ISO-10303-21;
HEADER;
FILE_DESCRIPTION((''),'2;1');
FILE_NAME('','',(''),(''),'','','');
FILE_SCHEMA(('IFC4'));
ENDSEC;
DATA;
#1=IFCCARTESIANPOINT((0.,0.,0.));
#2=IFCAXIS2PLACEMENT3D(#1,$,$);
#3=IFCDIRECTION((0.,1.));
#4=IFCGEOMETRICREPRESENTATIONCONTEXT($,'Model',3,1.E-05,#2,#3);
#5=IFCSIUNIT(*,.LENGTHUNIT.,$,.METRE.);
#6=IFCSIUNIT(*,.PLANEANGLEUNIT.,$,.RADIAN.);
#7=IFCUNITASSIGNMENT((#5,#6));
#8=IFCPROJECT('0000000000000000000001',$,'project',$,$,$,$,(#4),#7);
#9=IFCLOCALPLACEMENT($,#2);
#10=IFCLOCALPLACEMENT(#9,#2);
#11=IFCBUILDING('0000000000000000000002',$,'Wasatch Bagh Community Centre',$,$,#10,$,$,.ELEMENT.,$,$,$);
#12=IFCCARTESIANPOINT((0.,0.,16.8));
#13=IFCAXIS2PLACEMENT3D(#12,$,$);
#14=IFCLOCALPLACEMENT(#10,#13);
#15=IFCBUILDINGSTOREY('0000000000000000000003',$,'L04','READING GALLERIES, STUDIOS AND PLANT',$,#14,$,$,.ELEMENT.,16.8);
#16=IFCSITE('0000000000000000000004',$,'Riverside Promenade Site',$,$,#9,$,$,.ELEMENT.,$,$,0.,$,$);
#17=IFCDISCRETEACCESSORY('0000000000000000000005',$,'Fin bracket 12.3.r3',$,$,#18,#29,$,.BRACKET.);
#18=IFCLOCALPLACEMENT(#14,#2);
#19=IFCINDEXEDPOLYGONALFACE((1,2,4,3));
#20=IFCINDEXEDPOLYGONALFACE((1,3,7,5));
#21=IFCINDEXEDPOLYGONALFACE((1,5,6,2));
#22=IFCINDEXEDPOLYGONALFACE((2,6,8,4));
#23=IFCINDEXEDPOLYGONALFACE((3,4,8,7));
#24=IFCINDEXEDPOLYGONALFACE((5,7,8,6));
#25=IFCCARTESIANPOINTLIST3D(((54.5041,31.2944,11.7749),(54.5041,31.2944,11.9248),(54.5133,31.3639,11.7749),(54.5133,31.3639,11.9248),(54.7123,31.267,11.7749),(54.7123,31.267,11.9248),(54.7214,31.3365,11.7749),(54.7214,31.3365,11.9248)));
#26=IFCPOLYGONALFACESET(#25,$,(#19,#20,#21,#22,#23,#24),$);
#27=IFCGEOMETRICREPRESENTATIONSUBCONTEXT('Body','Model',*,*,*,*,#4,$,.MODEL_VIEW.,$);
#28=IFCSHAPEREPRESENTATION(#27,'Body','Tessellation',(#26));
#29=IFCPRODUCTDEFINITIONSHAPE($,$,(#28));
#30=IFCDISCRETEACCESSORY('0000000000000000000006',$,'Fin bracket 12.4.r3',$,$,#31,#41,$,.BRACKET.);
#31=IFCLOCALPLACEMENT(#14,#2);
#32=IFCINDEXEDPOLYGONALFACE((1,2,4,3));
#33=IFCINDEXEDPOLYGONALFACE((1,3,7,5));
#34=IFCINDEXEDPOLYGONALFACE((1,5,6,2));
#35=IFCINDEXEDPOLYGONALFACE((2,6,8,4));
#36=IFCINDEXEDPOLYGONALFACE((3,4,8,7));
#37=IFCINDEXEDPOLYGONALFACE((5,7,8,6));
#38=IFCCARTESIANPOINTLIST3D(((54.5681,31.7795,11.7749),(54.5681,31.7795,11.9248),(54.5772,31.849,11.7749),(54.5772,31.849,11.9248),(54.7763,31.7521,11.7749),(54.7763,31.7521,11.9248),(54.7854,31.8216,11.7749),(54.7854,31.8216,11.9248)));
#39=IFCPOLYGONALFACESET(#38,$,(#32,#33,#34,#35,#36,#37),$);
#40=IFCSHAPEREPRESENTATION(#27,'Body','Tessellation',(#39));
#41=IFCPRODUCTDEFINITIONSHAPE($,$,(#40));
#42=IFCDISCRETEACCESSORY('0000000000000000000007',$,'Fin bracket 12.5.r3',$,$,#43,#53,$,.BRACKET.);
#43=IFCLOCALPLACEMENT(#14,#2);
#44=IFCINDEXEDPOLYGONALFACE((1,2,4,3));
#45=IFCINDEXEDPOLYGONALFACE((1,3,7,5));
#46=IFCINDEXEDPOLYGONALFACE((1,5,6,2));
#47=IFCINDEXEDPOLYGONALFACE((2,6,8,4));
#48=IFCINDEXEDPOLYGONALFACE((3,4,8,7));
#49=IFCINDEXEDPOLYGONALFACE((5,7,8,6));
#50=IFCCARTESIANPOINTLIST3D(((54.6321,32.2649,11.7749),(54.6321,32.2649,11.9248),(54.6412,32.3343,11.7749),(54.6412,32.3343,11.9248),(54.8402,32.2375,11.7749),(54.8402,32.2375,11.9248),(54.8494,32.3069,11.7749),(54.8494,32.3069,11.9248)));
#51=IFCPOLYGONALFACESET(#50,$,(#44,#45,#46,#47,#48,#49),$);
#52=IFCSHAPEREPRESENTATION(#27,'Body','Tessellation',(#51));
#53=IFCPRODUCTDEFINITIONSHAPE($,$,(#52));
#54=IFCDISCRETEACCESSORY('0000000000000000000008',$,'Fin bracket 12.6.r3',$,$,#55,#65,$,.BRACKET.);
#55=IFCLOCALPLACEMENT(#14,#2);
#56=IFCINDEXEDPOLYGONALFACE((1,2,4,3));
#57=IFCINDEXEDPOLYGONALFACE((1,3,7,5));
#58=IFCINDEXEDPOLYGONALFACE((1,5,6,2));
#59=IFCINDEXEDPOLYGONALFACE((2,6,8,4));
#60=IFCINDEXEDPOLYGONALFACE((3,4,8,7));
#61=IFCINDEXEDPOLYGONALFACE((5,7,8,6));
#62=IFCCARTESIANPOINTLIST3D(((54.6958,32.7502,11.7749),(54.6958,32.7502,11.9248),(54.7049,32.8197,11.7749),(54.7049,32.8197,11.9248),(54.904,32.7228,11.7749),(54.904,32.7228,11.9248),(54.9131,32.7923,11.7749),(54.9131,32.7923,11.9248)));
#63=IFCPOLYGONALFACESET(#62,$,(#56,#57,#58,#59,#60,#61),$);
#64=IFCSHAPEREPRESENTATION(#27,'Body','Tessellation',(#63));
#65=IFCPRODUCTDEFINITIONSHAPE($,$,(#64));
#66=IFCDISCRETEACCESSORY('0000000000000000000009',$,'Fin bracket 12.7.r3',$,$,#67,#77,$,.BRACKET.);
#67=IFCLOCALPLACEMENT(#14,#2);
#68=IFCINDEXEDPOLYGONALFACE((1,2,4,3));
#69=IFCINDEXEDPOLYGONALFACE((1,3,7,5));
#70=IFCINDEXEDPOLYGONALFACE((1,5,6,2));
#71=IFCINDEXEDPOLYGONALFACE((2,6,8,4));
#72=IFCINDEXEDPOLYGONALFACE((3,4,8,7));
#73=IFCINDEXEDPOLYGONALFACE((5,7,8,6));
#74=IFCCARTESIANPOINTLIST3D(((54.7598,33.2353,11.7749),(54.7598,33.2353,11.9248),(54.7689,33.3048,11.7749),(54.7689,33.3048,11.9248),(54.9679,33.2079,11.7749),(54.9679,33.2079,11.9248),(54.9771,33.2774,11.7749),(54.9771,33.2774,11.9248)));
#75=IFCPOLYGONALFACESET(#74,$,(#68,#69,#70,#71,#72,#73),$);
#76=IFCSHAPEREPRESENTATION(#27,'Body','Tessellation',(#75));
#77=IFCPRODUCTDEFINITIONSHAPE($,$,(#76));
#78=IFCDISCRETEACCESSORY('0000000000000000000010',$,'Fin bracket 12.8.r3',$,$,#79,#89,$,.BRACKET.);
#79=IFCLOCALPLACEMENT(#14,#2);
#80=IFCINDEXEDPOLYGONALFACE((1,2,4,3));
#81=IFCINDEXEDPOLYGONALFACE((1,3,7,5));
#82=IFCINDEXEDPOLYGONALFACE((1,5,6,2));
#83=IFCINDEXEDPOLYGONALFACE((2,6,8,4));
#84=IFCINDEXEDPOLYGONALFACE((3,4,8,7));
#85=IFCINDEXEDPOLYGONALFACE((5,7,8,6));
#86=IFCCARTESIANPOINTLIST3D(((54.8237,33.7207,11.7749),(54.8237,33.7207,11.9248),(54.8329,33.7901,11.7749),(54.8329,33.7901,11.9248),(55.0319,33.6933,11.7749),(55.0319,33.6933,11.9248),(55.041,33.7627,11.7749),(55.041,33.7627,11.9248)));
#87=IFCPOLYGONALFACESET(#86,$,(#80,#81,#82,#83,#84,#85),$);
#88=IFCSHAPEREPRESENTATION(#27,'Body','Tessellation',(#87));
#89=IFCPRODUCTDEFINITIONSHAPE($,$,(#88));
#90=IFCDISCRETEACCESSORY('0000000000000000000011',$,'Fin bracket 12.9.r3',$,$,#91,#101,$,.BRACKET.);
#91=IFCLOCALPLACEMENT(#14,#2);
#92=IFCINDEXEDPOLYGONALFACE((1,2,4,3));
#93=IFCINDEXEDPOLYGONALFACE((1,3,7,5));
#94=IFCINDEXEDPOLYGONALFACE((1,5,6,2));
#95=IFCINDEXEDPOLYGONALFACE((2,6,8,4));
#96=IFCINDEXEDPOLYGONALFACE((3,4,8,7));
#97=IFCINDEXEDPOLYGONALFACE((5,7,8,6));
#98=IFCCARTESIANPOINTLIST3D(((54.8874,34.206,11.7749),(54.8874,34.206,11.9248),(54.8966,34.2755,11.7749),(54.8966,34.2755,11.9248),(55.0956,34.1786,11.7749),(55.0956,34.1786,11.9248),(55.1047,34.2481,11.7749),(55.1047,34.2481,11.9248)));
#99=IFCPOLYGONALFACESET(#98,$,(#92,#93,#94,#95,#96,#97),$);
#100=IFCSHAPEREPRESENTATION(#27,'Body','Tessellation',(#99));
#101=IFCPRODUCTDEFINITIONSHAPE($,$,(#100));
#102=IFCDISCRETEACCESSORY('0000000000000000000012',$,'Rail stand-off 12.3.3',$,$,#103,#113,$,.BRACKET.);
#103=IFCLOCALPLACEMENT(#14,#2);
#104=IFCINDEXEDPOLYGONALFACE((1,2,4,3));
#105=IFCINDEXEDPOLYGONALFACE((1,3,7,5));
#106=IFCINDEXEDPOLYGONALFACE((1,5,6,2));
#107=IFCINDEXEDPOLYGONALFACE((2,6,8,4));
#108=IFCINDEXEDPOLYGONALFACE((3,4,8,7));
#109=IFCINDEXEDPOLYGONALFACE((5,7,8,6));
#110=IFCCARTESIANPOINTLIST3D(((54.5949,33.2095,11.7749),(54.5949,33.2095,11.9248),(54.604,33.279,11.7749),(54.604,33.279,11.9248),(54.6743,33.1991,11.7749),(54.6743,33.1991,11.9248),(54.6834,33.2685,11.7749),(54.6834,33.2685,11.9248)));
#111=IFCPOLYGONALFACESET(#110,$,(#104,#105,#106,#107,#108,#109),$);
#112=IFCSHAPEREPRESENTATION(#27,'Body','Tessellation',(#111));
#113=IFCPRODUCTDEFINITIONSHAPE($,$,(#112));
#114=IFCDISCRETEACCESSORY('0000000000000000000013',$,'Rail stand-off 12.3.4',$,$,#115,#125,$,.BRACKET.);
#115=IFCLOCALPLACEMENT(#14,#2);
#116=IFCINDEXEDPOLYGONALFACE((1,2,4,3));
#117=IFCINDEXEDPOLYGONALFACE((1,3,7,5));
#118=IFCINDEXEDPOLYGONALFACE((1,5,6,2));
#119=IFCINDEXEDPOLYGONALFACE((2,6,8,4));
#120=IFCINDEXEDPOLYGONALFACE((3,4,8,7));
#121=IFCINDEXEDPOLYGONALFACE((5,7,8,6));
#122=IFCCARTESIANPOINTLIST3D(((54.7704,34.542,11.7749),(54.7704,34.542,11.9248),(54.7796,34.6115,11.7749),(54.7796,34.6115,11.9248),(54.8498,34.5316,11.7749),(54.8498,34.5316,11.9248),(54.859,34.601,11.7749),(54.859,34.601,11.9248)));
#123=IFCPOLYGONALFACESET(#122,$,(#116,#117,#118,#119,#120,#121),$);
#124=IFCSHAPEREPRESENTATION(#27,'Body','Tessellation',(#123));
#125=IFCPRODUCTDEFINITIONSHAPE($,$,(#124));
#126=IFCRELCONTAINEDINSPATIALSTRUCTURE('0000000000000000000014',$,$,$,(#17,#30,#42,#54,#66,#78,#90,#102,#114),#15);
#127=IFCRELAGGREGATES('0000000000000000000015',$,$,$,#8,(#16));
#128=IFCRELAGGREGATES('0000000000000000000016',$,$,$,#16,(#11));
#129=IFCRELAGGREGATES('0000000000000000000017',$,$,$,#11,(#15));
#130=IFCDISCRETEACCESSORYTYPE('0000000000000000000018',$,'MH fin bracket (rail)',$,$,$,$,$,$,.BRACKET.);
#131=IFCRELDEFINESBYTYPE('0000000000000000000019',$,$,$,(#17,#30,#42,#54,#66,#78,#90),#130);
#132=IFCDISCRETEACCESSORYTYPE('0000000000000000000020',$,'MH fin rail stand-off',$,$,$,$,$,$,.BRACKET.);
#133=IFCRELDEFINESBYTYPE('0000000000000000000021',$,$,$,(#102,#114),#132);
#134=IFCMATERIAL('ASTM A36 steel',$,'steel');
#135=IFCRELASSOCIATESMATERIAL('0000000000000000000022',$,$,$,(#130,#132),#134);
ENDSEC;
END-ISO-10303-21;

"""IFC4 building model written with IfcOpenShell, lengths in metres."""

from ifc_helpers import new_model, si_unit, direction, frame, origin, origin_2d, place, context, subcontext, project, spatial, rectangle, extrude, material, type_object, element, save


model = new_model("IFC4")

# Units and contexts
model_context = context("Model", 3, precision=1e-05, world=origin(), true_north=direction((0.0, 1.0)))
body_context = subcontext(model_context, "Body", "Model", "MODEL_VIEW")
ifc_project = project(units=[si_unit("LENGTHUNIT", "METRE"), si_unit("PLANEANGLEUNIT", "RADIAN")], contexts=[model_context])

# Site, building, storey
site_placement = place(None, origin())
site = spatial("IfcSite", under=ifc_project, at=site_placement, Name="Riverside Promenade Site", CompositionType="ELEMENT", RefElevation=0.0)
building_placement = place(site_placement, origin())
building = spatial("IfcBuilding", under=site, at=building_placement, Name="Wasatch Bagh Community Centre", CompositionType="ELEMENT")
storey_placement = place(building_placement, frame((0.0, 0.0, 16.8)))
storey = spatial("IfcBuildingStorey", under=building, at=storey_placement, Name="L04", Description="READING GALLERIES, STUDIOS AND PLANT", CompositionType="ELEMENT", Elevation=16.8)

# Discrete accessories
ifc_material_1 = material(Name="ASTM A36 steel", Category="steel")
discrete_accessory_type_1 = type_object("IfcDiscreteAccessoryType", Name="MH fin bracket (rail)", PredefinedType="BRACKET", material=ifc_material_1)
for number, where, z_axis, x_axis, name in (
    (1, (54.6128, 31.3154, 11.7749), (0.0, 0.0, 1.0), (0.130526, 0.991445, 0.0), "Fin bracket 12.3.r3"),
    (2, (54.6768, 31.8005, 11.7749), (0.0, 0.0, 1.0), (0.130526, 0.991445, 0.0), "Fin bracket 12.4.r3"),
    (3, (54.7407, 32.2859, 11.7749), (0.0, 0.0, 1.0), (0.130526, 0.991445, 0.0), "Fin bracket 12.5.r3"),
    (4, (54.8044, 32.7712, 11.7749), (0.0, 0.0, 1.0), (0.130526, 0.991445, 0.0), "Fin bracket 12.6.r3"),
    (5, (54.8684, 33.2563, 11.7749), (0.0, 0.0, 1.0), (0.130526, 0.991445, 0.0), "Fin bracket 12.7.r3"),
    (6, (54.9324, 33.7417, 11.7749), (0.0, 0.0, 1.0), (0.130526, 0.991445, 0.0), "Fin bracket 12.8.r3"),
    (7, (54.9961, 34.2271, 11.7749), (0.0, 0.0, 1.0), (0.130526, 0.991445, 0.0), "Fin bracket 12.9.r3"),
):
    element("IfcDiscreteAccessory", number, at=place(storey_placement, frame(where, z_axis=z_axis, x_axis=x_axis)), inside=storey, type_object=discrete_accessory_type_1, Name=name, PredefinedType="BRACKET", context=body_context, shape_type="SweptSolid", body=[
        extrude(rectangle(XDim=0.0701, YDim=0.21, at=origin_2d()), origin(), (0.0, 0.0, 1.0), 0.1499),
    ])
discrete_accessory_type_2 = type_object("IfcDiscreteAccessoryType", Name="MH fin rail stand-off", PredefinedType="BRACKET", material=ifc_material_1)
for number, where, z_axis, x_axis, name in (
    (8, (54.6392, 33.239, 11.7749), (0.0, 0.0, 1.0), (0.130526, 0.991445, 0.0), "Rail stand-off 12.3.3"),
    (9, (54.8147, 34.5715, 11.7749), (0.0, 0.0, 1.0), (0.130526, 0.991445, 0.0), "Rail stand-off 12.3.4"),
):
    element("IfcDiscreteAccessory", number, at=place(storey_placement, frame(where, z_axis=z_axis, x_axis=x_axis)), inside=storey, type_object=discrete_accessory_type_2, Name=name, PredefinedType="BRACKET", context=body_context, shape_type="SweptSolid", body=[
        extrude(rectangle(XDim=0.0701, YDim=0.0801, at=origin_2d()), origin(), (0.0, 0.0, 1.0), 0.1499),
    ])

save(model, "model.ifc")
